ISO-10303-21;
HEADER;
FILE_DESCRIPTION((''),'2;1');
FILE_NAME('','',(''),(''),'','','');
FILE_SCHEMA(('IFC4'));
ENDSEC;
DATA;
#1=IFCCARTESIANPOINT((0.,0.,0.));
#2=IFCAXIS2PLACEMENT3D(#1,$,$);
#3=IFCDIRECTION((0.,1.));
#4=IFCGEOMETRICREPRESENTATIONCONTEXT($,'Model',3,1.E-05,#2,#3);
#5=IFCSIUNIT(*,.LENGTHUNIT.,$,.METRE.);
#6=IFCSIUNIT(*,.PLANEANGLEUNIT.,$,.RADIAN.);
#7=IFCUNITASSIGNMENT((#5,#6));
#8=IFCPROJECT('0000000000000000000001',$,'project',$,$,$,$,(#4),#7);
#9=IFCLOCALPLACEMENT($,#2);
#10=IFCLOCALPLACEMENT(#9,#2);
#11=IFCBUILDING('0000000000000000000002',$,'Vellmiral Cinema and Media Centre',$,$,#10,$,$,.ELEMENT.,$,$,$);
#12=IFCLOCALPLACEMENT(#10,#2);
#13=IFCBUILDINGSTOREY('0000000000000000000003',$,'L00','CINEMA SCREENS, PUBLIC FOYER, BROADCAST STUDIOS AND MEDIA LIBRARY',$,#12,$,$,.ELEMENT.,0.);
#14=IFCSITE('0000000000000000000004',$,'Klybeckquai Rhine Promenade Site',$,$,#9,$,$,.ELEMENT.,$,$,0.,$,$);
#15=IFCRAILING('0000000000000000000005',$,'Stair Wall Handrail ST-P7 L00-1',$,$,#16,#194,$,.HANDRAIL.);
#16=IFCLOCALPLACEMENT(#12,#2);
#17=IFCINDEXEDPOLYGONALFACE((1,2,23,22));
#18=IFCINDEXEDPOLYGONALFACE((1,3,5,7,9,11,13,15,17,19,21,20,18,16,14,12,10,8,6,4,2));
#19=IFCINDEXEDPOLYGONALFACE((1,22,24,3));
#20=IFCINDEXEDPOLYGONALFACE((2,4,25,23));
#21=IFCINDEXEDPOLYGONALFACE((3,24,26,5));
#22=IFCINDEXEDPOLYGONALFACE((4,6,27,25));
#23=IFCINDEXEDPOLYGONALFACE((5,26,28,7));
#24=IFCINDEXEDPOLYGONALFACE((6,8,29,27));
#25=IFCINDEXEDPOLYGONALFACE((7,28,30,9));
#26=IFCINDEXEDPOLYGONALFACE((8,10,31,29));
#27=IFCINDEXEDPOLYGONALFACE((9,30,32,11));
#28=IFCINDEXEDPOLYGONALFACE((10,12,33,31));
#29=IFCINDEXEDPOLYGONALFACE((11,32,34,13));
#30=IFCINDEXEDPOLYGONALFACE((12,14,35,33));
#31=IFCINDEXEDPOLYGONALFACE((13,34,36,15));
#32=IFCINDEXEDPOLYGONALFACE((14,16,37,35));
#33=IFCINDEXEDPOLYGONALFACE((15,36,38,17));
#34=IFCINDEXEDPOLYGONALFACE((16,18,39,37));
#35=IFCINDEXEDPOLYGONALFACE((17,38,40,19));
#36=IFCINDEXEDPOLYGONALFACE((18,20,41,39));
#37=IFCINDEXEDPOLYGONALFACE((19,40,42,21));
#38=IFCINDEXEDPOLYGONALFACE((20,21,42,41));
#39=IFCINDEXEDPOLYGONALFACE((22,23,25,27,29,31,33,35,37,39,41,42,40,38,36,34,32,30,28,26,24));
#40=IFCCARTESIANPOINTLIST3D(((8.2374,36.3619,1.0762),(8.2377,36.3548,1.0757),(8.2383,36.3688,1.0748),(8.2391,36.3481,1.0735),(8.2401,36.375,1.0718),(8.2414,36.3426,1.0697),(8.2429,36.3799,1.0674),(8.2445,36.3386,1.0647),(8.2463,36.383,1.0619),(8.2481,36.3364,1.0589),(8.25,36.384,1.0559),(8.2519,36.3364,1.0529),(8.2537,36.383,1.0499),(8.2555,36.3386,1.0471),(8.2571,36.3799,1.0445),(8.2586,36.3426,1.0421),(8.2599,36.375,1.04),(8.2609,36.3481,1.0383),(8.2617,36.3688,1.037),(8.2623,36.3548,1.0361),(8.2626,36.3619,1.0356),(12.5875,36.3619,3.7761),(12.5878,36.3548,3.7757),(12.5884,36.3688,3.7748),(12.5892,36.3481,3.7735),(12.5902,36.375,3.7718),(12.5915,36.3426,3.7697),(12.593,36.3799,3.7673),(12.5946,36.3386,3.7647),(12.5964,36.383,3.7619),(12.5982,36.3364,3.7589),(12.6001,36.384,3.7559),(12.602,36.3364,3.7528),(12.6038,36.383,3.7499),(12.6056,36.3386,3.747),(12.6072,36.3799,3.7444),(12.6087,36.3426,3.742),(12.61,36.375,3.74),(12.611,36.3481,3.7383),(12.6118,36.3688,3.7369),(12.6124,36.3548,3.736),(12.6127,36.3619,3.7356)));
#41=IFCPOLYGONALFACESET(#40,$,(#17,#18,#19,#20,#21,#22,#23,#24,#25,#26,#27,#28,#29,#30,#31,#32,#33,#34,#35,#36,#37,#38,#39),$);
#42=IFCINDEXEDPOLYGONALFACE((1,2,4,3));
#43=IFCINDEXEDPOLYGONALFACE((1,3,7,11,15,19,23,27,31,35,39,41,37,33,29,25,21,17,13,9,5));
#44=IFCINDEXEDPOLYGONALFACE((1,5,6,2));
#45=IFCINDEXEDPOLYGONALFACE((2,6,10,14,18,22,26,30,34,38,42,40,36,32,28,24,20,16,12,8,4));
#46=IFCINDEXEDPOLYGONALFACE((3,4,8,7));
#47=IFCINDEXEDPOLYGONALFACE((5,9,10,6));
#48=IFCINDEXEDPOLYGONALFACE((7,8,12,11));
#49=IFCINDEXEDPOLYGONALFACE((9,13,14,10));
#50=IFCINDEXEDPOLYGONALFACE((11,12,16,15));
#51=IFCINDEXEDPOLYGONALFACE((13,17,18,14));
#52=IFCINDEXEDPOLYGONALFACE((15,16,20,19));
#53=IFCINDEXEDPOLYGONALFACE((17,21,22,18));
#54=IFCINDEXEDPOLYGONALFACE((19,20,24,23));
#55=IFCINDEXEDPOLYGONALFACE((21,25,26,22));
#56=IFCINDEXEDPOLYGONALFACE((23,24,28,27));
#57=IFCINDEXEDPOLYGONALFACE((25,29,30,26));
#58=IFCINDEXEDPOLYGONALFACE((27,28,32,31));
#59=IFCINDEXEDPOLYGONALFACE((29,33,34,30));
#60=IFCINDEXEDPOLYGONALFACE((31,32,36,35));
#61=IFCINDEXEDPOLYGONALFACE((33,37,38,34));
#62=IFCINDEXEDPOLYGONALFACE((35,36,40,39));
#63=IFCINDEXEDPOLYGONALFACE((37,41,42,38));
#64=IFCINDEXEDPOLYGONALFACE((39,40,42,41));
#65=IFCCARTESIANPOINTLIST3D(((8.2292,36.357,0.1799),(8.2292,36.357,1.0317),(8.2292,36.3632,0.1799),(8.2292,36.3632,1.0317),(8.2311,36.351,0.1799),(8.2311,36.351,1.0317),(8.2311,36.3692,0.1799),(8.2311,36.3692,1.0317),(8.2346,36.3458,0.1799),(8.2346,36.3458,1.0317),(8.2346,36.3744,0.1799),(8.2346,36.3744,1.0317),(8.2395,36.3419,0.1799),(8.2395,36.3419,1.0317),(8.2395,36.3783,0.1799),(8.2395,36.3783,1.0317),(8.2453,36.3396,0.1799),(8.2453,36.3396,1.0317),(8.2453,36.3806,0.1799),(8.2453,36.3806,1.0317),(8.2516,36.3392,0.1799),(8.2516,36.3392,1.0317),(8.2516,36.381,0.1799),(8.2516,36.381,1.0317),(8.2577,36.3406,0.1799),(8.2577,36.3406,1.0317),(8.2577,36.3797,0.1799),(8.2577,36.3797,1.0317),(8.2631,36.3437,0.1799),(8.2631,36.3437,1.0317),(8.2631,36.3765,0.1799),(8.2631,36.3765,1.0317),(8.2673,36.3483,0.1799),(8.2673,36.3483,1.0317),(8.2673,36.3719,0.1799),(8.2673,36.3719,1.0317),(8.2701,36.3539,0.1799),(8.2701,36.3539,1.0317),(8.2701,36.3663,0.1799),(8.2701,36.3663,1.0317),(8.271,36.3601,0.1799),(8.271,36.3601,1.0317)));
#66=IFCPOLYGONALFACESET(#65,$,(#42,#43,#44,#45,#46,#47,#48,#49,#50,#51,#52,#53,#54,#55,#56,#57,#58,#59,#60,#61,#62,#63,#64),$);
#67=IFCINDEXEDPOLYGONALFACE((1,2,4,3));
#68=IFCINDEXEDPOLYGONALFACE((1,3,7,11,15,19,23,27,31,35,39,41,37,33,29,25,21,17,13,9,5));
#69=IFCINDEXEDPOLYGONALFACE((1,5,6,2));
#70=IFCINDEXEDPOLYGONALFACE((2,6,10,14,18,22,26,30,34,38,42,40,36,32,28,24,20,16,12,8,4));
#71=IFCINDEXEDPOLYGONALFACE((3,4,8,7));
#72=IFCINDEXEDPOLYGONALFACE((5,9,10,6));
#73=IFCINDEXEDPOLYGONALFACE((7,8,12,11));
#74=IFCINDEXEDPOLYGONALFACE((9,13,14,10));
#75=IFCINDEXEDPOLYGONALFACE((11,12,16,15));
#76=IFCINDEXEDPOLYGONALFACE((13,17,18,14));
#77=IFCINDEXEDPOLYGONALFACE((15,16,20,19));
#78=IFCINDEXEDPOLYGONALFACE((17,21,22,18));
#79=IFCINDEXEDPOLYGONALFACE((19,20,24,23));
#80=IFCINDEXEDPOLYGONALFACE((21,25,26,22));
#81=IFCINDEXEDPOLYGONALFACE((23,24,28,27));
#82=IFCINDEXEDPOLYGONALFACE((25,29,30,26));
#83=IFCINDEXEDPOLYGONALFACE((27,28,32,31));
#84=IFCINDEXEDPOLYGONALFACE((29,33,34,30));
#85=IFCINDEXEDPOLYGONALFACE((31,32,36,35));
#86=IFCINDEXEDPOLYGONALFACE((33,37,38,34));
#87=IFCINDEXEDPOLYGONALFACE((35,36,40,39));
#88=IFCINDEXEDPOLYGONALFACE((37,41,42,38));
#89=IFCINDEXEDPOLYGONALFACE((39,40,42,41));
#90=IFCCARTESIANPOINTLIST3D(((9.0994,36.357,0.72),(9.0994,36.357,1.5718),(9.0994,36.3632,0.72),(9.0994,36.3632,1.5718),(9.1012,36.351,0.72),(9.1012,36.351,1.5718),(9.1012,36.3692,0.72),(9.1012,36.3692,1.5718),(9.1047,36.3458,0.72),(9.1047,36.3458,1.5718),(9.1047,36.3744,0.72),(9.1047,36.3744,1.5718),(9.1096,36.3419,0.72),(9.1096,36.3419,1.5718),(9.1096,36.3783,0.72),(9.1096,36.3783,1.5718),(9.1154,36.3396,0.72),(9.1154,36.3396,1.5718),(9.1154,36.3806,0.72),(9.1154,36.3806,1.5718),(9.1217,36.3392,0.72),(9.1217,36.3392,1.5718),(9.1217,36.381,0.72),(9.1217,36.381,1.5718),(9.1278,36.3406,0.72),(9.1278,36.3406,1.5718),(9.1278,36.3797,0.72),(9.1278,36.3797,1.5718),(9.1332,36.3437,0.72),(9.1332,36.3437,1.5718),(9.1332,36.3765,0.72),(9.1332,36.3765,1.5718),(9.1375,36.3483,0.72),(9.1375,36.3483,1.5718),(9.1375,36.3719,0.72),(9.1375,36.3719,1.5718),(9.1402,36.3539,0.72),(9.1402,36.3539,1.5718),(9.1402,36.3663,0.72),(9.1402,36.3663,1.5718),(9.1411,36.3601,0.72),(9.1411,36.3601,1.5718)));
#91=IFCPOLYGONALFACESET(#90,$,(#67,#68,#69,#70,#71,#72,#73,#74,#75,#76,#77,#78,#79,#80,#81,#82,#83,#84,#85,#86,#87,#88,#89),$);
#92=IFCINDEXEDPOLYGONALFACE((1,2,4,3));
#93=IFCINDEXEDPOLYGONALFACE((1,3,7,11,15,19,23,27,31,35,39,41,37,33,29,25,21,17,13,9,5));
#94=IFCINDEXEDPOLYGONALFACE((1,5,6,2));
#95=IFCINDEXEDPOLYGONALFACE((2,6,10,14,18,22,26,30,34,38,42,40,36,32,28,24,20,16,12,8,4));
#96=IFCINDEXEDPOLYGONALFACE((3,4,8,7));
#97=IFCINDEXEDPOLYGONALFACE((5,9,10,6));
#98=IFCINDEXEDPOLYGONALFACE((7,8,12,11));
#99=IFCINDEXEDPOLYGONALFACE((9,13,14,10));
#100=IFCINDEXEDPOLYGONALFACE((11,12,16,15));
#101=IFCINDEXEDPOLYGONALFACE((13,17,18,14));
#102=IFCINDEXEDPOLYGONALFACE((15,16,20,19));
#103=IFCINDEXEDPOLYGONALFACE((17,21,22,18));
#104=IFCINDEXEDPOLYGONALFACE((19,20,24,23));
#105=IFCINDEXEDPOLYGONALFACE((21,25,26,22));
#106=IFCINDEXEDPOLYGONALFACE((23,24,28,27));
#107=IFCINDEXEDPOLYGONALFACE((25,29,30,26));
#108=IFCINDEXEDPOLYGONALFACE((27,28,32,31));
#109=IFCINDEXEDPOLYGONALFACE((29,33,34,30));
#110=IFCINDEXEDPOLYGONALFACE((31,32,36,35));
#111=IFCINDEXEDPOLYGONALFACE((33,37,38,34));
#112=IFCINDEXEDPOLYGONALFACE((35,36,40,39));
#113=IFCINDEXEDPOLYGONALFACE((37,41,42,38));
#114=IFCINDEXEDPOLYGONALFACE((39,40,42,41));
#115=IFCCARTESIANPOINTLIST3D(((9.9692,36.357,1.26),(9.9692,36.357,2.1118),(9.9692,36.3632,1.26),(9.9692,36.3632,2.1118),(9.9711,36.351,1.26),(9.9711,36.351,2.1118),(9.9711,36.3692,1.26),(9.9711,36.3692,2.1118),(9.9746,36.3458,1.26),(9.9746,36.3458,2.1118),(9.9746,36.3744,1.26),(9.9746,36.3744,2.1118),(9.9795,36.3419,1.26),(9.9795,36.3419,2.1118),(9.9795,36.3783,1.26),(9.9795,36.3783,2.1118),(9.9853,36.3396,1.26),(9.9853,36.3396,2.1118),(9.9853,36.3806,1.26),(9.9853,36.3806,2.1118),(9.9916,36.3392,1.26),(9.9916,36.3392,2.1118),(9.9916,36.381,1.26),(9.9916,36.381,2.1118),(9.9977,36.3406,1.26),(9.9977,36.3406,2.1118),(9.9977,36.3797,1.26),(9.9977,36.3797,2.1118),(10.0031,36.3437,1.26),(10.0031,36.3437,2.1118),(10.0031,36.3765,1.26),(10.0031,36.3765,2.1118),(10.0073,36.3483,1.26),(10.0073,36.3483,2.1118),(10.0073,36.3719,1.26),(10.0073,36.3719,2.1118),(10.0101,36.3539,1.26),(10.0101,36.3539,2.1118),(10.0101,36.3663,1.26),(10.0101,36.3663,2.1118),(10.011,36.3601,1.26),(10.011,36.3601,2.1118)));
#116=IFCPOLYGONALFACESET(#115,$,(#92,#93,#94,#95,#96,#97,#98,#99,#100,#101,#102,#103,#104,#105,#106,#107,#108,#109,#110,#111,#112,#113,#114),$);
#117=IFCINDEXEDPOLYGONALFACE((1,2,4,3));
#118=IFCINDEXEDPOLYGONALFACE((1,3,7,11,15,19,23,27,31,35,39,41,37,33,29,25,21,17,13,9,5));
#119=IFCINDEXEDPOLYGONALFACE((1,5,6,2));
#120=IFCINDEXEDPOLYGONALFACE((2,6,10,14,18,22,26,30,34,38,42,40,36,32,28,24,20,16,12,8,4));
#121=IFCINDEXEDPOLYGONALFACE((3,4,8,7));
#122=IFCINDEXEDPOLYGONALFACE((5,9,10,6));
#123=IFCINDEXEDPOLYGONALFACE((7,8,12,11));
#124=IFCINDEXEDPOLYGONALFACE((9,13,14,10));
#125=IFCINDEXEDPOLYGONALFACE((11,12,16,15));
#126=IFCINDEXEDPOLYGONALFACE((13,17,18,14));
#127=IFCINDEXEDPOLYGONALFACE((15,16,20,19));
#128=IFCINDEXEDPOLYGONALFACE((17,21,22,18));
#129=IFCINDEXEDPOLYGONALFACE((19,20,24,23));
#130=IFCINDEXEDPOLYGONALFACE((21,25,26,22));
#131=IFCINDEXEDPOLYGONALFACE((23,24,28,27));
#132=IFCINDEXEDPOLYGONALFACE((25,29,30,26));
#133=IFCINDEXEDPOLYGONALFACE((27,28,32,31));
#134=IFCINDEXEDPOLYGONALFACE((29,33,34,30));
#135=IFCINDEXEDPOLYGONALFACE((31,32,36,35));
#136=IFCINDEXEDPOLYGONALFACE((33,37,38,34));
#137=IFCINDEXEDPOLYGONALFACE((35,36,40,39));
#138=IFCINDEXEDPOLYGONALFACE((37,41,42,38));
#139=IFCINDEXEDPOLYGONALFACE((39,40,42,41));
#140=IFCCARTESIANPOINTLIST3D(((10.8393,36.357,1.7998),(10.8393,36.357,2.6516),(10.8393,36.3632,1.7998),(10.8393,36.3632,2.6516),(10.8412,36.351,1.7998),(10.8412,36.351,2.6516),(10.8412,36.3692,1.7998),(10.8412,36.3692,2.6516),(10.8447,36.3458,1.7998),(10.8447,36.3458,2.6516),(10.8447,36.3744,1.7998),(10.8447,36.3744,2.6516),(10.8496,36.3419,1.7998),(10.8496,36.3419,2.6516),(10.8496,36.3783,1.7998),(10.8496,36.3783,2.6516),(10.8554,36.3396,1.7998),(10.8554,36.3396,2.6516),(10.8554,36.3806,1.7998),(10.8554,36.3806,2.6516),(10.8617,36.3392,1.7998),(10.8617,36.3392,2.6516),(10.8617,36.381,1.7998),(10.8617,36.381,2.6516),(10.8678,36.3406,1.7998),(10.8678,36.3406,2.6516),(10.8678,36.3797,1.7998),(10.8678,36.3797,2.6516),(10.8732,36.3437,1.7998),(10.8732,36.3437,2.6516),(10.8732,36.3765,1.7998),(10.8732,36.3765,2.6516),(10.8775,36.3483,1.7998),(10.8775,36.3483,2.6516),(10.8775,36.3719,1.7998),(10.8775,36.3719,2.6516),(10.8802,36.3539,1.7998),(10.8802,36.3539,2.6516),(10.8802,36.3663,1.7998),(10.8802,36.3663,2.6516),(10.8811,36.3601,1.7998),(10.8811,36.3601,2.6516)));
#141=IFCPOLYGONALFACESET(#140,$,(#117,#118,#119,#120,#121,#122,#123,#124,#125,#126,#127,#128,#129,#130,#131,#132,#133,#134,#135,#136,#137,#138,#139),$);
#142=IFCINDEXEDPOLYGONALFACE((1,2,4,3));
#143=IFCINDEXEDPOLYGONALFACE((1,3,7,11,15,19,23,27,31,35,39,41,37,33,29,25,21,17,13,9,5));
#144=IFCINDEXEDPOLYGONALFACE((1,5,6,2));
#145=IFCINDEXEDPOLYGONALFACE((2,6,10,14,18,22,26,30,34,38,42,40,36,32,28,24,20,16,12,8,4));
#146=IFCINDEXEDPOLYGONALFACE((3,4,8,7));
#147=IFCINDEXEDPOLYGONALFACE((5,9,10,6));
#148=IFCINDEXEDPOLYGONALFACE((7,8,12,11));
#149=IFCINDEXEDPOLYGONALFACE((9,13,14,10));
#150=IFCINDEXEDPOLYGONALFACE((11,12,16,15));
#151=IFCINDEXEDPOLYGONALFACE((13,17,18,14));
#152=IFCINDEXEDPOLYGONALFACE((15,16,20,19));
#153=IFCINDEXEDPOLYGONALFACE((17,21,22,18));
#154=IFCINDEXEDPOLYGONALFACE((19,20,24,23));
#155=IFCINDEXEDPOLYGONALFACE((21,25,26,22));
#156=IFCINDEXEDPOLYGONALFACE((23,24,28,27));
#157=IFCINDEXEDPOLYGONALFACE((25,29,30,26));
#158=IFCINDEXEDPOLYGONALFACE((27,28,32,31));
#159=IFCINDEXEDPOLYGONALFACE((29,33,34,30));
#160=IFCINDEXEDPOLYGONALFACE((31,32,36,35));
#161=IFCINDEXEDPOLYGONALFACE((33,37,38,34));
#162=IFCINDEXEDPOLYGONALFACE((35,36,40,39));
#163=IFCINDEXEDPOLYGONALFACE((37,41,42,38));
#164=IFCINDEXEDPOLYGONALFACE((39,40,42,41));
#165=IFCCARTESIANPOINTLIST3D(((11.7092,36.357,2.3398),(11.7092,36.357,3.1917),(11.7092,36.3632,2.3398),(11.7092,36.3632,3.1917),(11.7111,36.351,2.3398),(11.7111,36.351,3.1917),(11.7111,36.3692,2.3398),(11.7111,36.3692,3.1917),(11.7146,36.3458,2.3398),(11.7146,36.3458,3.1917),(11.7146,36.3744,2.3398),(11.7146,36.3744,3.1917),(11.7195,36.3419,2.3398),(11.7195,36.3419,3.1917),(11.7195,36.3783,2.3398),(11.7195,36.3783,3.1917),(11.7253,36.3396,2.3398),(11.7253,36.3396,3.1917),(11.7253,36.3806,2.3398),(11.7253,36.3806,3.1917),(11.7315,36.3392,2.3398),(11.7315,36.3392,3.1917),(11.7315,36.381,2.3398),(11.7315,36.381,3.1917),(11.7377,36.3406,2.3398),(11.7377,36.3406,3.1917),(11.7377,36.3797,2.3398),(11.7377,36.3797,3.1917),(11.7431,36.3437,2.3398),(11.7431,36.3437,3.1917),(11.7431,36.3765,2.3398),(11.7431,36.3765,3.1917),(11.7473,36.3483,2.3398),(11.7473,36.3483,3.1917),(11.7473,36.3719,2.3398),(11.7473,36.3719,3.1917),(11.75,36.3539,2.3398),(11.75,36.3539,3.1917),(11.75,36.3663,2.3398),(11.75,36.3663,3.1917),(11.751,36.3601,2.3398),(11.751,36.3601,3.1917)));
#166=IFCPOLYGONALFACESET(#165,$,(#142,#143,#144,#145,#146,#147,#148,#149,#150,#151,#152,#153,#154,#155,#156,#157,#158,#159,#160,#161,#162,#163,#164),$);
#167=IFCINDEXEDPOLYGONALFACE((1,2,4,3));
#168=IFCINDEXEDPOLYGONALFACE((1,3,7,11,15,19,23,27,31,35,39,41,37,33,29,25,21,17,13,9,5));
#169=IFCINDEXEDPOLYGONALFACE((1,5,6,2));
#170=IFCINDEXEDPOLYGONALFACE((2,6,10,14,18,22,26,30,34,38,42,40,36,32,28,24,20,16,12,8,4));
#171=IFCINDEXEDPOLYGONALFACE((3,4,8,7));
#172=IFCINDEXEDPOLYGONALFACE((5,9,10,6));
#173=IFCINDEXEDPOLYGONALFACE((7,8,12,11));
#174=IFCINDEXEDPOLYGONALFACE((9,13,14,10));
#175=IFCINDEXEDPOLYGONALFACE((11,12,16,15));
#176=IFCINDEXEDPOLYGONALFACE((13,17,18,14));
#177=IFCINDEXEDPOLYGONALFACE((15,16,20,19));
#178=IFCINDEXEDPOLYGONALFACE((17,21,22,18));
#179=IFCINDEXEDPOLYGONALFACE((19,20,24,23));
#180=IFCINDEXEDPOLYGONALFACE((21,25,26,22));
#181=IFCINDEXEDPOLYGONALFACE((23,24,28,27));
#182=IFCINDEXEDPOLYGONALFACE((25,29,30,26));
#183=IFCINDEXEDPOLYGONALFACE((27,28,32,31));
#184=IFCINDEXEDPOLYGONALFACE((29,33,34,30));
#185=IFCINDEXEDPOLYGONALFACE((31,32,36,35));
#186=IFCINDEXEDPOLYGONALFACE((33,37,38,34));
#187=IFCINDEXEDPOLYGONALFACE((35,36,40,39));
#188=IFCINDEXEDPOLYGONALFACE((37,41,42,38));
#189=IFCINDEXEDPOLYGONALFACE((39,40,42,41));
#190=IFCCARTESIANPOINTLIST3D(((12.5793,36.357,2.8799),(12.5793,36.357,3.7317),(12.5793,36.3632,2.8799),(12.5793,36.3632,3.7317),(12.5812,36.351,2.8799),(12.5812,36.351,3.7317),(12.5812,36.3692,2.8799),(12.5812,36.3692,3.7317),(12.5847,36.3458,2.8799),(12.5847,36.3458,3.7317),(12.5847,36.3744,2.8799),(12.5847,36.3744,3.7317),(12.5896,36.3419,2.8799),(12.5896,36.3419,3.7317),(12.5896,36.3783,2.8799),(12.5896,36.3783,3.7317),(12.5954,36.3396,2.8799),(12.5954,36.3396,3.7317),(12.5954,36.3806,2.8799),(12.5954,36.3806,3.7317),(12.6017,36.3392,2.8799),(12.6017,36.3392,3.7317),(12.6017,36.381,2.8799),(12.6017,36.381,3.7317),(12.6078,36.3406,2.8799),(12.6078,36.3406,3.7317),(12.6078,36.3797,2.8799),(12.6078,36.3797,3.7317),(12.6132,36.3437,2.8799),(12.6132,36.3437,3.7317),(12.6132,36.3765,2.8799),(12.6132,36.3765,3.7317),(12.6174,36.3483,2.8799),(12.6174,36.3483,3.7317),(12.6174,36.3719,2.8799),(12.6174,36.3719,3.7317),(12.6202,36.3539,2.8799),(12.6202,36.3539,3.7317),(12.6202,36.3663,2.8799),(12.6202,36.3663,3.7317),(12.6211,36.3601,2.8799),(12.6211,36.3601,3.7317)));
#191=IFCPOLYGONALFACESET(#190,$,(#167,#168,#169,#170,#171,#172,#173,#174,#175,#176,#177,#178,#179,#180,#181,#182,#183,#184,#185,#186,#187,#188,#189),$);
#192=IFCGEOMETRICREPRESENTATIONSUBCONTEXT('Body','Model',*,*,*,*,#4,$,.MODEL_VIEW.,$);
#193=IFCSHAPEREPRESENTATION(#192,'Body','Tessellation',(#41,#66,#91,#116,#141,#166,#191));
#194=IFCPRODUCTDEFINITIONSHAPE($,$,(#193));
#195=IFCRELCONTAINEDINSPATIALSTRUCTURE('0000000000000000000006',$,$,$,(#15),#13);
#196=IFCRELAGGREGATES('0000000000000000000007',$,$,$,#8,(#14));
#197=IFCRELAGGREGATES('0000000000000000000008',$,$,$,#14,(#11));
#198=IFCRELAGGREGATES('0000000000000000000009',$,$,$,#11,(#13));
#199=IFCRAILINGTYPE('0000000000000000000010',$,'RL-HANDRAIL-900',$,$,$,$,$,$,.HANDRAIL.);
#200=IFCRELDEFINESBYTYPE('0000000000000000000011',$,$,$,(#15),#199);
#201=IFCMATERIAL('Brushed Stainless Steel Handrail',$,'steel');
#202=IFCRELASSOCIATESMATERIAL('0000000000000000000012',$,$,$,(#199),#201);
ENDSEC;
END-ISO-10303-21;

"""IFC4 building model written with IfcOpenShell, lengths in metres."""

from ifc_helpers import new_model, si_unit, direction, frame, origin, origin_2d, place, context, subcontext, project, spatial, circle, extrude, material, type_object, element, save


model = new_model("IFC4")

# Units and contexts
model_context = context("Model", 3, precision=1e-05, world=origin(), true_north=direction((0.0, 1.0)))
body_context = subcontext(model_context, "Body", "Model", "MODEL_VIEW")
ifc_project = project(units=[si_unit("LENGTHUNIT", "METRE"), si_unit("PLANEANGLEUNIT", "RADIAN")], contexts=[model_context])

# Site, building, storey
site_placement = place(None, origin())
site = spatial("IfcSite", under=ifc_project, at=site_placement, Name="Klybeckquai Rhine Promenade Site", CompositionType="ELEMENT", RefElevation=0.0)
building_placement = place(site_placement, origin())
building = spatial("IfcBuilding", under=site, at=building_placement, Name="Vellmiral Cinema and Media Centre", CompositionType="ELEMENT")
storey_placement = place(building_placement, origin())
storey = spatial("IfcBuildingStorey", under=building, at=storey_placement, Name="L00", Description="CINEMA SCREENS, PUBLIC FOYER, BROADCAST STUDIOS AND MEDIA LIBRARY", CompositionType="ELEMENT", Elevation=0.0)

# Railing
ifc_material_1 = material(Name="Brushed Stainless Steel Handrail", Category="steel")
railing_type_1 = type_object("IfcRailingType", Name="RL-HANDRAIL-900", PredefinedType="HANDRAIL", material=ifc_material_1)
railing_1_placement = place(storey_placement, frame((8.25, 36.3601, 0.1799)))
element("IfcRailing", 1, at=railing_1_placement, inside=storey, type_object=railing_type_1, Name="Stair Wall Handrail ST-P7 L00-1", PredefinedType="HANDRAIL", context=body_context, shape_type="SweptSolid", body=[
    extrude(circle(Radius=0.0239, at=origin_2d()), frame((0.0, 0.0, 0.876), z_axis=(0.84965, 0.0, 0.527347), x_axis=(0.0, 1.0, 0.0)), (0.0, 0.0, 1.0), 5.1199),
    extrude(circle(Radius=0.021, at=origin_2d()), origin(), (0.0, 0.0, 1.0), 0.8518),
    extrude(circle(Radius=0.021, at=origin_2d()), frame((0.8701, 0.0, 0.54)), (0.0, 0.0, 1.0), 0.8518),
    extrude(circle(Radius=0.021, at=origin_2d()), frame((1.74, 0.0, 1.0801)), (0.0, 0.0, 1.0), 0.8518),
    extrude(circle(Radius=0.021, at=origin_2d()), frame((2.6101, 0.0, 1.6199)), (0.0, 0.0, 1.0), 0.8518),
    extrude(circle(Radius=0.021, at=origin_2d()), frame((3.48, 0.0, 2.1599)), (0.0, 0.0, 1.0), 0.8518),
    extrude(circle(Radius=0.021, at=origin_2d()), frame((4.3501, 0.0, 2.7)), (0.0, 0.0, 1.0), 0.8518),
])

save(model, "model.ifc")
